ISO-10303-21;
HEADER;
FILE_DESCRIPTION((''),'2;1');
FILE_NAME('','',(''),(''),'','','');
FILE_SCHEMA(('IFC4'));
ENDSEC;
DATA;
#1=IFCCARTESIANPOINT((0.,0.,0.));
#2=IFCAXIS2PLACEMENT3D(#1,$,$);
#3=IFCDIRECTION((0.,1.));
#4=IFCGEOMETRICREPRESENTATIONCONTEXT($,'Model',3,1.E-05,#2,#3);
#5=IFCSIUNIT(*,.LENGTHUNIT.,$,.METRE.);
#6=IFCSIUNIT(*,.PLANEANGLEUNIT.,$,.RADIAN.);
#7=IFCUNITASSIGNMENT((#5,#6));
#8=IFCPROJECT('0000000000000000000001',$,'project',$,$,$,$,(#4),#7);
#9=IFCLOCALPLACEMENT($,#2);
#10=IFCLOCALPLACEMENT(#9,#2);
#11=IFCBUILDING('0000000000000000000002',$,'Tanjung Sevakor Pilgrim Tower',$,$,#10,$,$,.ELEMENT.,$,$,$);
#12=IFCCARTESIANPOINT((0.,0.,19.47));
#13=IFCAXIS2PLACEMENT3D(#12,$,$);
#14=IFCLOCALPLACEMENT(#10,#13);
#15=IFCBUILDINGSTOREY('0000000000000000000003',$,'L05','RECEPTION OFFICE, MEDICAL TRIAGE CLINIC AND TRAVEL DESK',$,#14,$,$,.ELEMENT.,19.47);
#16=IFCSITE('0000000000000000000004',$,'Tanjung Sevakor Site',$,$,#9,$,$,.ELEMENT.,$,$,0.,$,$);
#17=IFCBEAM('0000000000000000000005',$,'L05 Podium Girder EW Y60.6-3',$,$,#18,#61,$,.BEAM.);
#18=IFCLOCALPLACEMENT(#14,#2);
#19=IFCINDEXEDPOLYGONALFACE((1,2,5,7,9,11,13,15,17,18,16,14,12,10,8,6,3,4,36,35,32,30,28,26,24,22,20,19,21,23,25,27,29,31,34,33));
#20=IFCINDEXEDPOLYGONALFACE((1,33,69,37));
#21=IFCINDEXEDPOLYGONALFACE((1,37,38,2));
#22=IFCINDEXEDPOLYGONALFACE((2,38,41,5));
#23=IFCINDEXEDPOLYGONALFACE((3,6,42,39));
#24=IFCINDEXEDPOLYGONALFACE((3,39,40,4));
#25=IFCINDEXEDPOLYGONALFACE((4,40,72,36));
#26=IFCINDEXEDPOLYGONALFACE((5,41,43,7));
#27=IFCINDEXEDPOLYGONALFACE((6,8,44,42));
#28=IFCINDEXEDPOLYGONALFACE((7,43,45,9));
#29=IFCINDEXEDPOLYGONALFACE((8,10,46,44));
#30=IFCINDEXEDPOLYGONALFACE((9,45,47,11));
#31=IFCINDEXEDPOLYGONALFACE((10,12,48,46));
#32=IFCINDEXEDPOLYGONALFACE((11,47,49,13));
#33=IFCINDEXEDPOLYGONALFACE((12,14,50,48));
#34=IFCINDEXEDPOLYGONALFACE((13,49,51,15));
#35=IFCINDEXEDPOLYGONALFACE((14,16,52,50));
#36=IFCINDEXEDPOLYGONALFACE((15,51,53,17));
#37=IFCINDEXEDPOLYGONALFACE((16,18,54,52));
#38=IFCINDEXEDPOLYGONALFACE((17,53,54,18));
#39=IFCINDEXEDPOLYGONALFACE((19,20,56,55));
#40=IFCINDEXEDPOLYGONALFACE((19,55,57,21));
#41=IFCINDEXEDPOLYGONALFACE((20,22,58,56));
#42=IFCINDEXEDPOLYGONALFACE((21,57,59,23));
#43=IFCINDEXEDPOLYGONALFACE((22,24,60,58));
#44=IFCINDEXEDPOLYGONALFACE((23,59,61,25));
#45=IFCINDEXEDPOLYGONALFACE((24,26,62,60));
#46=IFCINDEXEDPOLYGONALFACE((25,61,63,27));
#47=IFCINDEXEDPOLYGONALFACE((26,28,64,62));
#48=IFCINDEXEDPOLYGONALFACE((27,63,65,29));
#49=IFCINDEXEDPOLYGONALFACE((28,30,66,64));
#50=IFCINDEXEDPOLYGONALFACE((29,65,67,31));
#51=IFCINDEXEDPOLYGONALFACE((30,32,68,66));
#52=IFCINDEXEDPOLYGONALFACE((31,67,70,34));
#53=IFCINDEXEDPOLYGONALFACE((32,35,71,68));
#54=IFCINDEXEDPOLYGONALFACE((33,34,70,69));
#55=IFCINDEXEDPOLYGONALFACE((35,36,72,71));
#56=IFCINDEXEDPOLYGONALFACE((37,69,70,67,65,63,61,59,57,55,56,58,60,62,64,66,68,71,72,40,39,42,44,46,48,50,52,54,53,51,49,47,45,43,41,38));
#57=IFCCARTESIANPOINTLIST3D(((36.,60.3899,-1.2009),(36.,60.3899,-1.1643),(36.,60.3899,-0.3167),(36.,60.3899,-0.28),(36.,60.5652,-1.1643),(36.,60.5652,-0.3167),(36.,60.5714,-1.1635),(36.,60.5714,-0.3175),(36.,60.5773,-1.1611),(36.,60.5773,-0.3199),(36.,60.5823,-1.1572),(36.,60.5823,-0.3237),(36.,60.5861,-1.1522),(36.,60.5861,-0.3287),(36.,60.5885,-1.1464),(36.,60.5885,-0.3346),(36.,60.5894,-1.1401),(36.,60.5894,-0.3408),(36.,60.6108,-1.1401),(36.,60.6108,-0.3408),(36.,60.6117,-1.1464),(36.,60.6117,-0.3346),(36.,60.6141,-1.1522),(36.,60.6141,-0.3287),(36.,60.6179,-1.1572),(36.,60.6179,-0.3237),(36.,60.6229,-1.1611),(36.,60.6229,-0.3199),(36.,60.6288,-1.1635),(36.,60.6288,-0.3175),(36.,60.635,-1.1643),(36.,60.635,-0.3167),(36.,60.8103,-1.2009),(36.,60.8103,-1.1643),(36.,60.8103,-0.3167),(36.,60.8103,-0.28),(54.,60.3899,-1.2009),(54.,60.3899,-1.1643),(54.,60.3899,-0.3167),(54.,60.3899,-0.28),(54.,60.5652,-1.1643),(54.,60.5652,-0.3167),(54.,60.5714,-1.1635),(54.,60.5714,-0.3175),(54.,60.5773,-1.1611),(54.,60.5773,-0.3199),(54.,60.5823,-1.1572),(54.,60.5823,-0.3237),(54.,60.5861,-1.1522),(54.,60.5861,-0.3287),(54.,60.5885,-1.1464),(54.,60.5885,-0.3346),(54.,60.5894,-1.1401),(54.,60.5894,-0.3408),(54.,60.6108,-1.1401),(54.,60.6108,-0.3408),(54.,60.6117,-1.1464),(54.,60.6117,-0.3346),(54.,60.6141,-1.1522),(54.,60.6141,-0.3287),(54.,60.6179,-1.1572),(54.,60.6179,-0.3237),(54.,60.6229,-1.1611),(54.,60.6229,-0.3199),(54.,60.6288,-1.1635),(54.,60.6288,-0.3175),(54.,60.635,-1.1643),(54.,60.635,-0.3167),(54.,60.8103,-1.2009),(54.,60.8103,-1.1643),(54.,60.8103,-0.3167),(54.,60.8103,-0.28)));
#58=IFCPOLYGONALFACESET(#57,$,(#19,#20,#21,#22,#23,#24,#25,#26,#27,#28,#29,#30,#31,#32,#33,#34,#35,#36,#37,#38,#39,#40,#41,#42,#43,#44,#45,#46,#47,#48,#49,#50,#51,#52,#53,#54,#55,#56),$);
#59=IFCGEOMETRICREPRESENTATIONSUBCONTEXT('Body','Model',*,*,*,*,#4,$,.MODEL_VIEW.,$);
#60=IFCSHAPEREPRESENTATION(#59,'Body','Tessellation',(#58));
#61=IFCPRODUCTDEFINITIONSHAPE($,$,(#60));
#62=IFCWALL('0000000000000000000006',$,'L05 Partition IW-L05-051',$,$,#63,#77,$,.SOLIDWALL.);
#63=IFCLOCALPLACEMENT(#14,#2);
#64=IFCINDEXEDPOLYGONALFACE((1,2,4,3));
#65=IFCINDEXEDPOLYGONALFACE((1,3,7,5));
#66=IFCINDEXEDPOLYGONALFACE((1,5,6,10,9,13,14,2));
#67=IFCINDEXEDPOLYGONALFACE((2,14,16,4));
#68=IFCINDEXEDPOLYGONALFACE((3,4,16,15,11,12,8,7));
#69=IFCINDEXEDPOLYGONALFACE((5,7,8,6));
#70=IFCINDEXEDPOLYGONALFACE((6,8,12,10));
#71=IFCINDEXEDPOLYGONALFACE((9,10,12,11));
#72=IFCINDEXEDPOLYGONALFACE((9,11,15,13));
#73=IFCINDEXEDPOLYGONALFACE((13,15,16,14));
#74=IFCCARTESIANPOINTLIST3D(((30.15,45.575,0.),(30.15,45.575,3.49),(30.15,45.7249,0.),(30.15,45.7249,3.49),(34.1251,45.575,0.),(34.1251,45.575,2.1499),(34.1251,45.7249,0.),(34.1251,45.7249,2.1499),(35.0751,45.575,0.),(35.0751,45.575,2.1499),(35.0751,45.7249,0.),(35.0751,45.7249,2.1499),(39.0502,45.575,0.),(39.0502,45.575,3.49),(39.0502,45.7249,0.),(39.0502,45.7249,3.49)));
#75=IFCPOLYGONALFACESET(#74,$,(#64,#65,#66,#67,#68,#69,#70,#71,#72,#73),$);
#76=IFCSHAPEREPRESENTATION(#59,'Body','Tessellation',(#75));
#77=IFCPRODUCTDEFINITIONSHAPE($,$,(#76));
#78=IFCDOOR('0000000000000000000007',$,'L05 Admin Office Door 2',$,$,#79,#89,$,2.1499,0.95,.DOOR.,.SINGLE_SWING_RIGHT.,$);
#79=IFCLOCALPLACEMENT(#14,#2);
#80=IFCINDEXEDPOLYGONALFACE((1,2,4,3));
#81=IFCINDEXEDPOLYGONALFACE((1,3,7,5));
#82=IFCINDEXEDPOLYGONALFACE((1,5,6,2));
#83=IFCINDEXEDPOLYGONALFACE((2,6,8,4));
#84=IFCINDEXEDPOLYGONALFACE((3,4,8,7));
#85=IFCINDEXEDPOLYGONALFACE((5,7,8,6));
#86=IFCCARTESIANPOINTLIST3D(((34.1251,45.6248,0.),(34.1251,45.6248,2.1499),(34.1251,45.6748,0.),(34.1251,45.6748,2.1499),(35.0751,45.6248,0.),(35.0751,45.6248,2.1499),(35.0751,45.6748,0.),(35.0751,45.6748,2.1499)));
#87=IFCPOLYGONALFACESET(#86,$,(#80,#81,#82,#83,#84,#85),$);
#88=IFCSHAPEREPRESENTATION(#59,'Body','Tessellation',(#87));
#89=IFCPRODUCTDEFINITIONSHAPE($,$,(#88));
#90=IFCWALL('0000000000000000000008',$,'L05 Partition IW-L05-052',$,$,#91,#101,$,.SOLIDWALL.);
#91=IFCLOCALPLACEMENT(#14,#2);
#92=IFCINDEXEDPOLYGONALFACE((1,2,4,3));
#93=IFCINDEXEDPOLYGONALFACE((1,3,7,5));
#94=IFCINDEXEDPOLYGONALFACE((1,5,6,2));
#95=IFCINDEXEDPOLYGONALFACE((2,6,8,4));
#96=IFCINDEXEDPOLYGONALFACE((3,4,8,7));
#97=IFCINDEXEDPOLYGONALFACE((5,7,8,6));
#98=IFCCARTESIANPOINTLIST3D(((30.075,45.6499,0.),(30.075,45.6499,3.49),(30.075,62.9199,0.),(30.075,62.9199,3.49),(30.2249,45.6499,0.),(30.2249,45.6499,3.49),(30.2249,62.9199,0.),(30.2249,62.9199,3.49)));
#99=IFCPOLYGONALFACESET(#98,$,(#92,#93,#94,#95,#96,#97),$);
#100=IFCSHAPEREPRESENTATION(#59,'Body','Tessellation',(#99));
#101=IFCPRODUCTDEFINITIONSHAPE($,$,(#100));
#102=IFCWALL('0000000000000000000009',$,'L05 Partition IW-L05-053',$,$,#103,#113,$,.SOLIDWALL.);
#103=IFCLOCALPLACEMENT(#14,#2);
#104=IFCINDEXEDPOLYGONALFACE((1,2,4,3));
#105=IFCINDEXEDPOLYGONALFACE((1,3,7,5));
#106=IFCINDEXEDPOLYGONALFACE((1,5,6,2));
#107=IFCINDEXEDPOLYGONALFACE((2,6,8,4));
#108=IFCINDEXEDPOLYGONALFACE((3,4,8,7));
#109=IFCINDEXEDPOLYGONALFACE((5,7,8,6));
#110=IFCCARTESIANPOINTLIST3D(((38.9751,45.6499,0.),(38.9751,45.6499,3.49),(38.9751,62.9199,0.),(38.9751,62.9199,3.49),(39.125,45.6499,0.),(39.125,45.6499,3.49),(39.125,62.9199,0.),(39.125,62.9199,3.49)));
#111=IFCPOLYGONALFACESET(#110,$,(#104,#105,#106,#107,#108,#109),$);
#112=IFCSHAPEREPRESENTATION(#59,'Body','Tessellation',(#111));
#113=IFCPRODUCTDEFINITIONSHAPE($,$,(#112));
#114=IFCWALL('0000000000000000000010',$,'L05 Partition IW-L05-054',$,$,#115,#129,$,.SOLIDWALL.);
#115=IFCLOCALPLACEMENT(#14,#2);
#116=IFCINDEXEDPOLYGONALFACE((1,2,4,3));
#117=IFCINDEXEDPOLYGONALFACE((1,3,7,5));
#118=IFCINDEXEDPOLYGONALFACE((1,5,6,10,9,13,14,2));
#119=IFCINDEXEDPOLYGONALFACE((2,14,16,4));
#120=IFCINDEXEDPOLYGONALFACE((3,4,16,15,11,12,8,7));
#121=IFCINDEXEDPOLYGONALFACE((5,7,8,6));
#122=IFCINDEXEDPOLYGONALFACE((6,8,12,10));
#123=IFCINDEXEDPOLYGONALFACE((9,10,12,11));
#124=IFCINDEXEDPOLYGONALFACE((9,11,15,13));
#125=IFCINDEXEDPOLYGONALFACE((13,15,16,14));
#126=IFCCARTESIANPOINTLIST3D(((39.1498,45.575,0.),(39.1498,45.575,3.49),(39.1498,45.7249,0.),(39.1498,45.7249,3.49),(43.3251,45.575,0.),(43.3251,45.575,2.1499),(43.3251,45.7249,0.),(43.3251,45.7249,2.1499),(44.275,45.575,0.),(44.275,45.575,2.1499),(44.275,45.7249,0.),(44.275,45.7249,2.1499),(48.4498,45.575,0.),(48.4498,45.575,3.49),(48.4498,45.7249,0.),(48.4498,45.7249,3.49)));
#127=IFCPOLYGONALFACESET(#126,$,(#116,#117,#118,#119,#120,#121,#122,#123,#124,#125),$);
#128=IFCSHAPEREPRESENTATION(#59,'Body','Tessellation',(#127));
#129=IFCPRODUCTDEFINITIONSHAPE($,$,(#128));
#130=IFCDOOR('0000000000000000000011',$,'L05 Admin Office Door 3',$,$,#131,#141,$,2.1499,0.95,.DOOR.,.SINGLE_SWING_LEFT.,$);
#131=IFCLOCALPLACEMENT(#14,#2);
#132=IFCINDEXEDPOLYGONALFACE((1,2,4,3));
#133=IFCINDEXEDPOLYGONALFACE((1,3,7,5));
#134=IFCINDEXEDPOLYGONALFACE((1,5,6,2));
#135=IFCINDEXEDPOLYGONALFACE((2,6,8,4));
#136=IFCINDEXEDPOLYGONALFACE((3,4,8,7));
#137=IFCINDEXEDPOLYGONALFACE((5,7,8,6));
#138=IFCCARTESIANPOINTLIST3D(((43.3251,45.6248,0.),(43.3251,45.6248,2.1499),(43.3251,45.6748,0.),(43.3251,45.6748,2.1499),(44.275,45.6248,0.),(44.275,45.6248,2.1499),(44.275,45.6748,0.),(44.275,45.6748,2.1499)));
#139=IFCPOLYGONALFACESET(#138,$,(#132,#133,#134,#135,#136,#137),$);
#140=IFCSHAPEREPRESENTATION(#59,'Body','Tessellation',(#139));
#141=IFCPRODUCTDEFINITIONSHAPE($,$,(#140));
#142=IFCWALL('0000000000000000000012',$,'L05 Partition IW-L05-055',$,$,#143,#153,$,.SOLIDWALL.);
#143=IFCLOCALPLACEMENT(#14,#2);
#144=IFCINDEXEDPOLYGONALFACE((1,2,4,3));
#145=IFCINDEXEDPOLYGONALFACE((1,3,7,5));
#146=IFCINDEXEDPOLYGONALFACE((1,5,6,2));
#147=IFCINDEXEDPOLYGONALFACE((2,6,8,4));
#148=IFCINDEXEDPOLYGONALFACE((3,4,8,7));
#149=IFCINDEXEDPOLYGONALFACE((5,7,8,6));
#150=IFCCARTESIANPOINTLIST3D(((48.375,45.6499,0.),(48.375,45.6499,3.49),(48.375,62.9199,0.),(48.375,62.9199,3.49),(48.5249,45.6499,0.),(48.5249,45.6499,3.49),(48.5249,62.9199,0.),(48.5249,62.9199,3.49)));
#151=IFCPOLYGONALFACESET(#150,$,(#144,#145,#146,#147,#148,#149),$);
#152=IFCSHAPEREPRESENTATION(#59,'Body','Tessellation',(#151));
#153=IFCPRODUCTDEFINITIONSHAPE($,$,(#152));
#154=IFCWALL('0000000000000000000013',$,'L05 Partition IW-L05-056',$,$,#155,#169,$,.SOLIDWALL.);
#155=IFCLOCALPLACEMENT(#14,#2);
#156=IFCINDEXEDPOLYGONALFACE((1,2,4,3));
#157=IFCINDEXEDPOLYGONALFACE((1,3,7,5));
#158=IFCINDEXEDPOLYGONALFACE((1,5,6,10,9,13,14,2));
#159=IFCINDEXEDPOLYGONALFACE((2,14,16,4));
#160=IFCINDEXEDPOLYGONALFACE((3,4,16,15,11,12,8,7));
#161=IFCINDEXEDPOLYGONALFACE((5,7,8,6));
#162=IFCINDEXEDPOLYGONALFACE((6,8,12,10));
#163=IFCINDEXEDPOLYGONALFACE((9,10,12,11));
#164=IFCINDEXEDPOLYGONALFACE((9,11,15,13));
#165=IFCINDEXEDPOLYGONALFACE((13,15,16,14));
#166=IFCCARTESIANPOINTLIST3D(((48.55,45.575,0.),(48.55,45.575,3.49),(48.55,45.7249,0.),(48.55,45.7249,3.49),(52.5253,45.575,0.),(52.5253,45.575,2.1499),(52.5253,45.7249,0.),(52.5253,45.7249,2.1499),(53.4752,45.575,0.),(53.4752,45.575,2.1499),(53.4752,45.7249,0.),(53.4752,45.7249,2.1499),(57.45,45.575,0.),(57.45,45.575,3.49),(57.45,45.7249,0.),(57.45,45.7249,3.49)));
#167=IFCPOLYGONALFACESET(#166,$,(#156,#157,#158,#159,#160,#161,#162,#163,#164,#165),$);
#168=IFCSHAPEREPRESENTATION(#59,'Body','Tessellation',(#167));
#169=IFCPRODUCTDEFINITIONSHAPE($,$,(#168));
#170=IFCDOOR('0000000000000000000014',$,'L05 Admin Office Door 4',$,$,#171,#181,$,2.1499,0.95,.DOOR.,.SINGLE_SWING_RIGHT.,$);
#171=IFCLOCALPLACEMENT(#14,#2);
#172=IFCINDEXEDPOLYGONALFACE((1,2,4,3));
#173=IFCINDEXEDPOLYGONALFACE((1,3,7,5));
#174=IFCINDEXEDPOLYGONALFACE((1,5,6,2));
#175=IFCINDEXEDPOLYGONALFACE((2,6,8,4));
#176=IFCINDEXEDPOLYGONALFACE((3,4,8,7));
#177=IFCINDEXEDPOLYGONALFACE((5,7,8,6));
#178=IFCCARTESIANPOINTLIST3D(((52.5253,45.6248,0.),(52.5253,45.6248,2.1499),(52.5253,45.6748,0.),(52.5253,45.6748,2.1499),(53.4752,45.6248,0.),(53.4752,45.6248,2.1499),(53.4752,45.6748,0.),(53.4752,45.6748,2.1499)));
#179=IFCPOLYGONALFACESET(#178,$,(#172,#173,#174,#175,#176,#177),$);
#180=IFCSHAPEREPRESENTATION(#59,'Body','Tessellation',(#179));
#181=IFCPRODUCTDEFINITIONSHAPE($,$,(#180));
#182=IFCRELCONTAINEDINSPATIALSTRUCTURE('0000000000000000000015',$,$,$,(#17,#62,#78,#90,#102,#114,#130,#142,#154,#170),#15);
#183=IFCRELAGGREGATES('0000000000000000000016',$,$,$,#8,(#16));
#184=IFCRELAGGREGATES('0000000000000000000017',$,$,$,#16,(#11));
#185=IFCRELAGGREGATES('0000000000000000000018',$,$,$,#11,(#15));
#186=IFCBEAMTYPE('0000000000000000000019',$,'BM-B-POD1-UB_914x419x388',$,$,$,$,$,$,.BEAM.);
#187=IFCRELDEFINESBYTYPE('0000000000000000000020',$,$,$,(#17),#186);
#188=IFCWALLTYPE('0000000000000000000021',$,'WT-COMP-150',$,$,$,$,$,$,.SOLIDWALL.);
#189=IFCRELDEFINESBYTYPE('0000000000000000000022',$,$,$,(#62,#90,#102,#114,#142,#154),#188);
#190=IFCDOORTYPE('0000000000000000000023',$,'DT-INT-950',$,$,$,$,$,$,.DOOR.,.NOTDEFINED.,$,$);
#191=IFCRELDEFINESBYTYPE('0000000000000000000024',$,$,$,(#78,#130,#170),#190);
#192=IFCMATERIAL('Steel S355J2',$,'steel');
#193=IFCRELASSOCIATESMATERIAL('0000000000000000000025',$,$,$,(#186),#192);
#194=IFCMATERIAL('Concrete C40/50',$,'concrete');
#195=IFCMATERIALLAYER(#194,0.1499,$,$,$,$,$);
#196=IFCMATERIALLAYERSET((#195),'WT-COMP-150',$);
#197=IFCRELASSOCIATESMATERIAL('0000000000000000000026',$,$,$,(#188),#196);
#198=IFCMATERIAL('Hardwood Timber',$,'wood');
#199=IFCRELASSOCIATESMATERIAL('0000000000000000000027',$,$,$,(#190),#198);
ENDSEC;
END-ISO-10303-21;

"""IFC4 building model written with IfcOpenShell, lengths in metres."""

from ifc_helpers import new_model, si_unit, direction, frame, frame_2d, origin, origin_2d, place, context, subcontext, project, spatial, rectangle, i_section, extrude, material, layer, layer_set, material_profile, profile_set, type_object, element, fill, save


model = new_model("IFC4")

# Units and contexts
model_context = context("Model", 3, precision=1e-05, world=origin(), true_north=direction((0.0, 1.0)))
body_context = subcontext(model_context, "Body", "Model", "MODEL_VIEW")
ifc_project = project(units=[si_unit("LENGTHUNIT", "METRE"), si_unit("PLANEANGLEUNIT", "RADIAN")], contexts=[model_context])

# Site, building, storey
site_placement = place(None, origin())
site = spatial("IfcSite", under=ifc_project, at=site_placement, Name="Tanjung Sevakor Site", CompositionType="ELEMENT", RefElevation=0.0)
building_placement = place(site_placement, origin())
building = spatial("IfcBuilding", under=site, at=building_placement, Name="Tanjung Sevakor Pilgrim Tower", CompositionType="ELEMENT")
storey_placement = place(building_placement, frame((0.0, 0.0, 19.47)))
storey = spatial("IfcBuildingStorey", under=building, at=storey_placement, Name="L05", Description="RECEPTION OFFICE, MEDICAL TRIAGE CLINIC AND TRAVEL DESK", CompositionType="ELEMENT", Elevation=19.47)

# Beam
ifc_material_1 = material(Name="Steel S355J2", Category="steel")
ifc_material_profile_1 = material_profile(ifc_material_1, i_section(OverallWidth=0.4204, OverallDepth=0.9209, WebThickness=0.0215, FlangeThickness=0.0366, FilletRadius=0.0242, at=origin_2d()))
ifc_profile_set_1 = profile_set([ifc_material_profile_1], Name="Steel S355J2")
beam_type_1 = type_object("IfcBeamType", Name="BM-B-POD1-UB_914x419x388", PredefinedType="BEAM", material=ifc_profile_set_1)
beam_placement = place(storey_placement, frame((36.0, 60.6001, -0.7405), z_axis=(1.0, 0.0, 0.0), x_axis=(0.0, 1.0, 0.0)))
element("IfcBeam", 1, at=beam_placement, inside=storey, type_object=beam_type_1, Name="L05 Podium Girder EW Y60.6-3", PredefinedType="BEAM", context=body_context, shape_type="SweptSolid", body=[
    extrude(i_section(OverallWidth=0.4204, OverallDepth=0.9209, WebThickness=0.0215, FlangeThickness=0.0366, FilletRadius=0.0242, at=origin_2d()), origin(), (0.0, 0.0, 1.0), 18.0),
])

# Wall, opening, door
ifc_material_2 = material(Name="Concrete C40/50", Category="concrete")
ifc_layer_1 = layer(ifc_material_2, 0.1499)
ifc_layer_set_1 = layer_set([ifc_layer_1], Name="WT-COMP-150")
wall_type_1 = type_object("IfcWallType", Name="WT-COMP-150", PredefinedType="SOLIDWALL", material=ifc_layer_set_1)
wall_1_placement = place(storey_placement, frame((30.1499, 45.6499, 0.0), z_axis=(0.0, 0.0, 1.0), x_axis=(1.0, 0.0, 0.0)))
wall_1 = element("IfcWall", 2, at=wall_1_placement, inside=storey, type_object=wall_type_1, Name="L05 Partition IW-L05-051", PredefinedType="SOLIDWALL", context=body_context, shape_type="SweptSolid", body=[
    extrude(rectangle(XDim=8.9001, YDim=0.1499, at=frame_2d((4.4502, 0.0))), origin(), (0.0, 0.0, 1.0), 3.49),
])
opening_1_placement = place(wall_1_placement, frame((3.9751, 0.0, 0.0)))
opening_1 = element("IfcOpeningElement", 3, at=opening_1_placement, cuts=wall_1, PredefinedType="OPENING", context=body_context, shape_type="SweptSolid", body=[
    extrude(rectangle(XDim=0.95, YDim=2.1499, at=frame_2d((0.4751, 1.075))), frame((0.0, 0.085, 0.0), z_axis=(0.0, -1.0, 0.0), x_axis=(1.0, 0.0, 0.0)), (0.0, 0.0, 1.0), 0.1699),
])
ifc_material_3 = material(Name="Hardwood Timber", Category="wood")
door_type = type_object("IfcDoorType", Name="DT-INT-950", OperationType="NOTDEFINED", PredefinedType="DOOR", material=ifc_material_3)
door_1_placement = place(opening_1_placement, origin())
door_1 = element("IfcDoor", 4, at=door_1_placement, inside=storey, type_object=door_type, Name="L05 Admin Office Door 2", OperationType="SINGLE_SWING_RIGHT", OverallHeight=2.1499, OverallWidth=0.95, PredefinedType="DOOR", context=body_context, shape_type="SweptSolid", body=[
    extrude(rectangle(XDim=0.95, YDim=2.1499, at=frame_2d((0.4751, 1.075))), frame((0.0, 0.0249, 0.0), z_axis=(0.0, -1.0, 0.0), x_axis=(1.0, 0.0, 0.0)), (0.0, 0.0, 1.0), 0.05),
])
fill(opening_1, door_1)

# Walls
for number, where, z_axis, x_axis, name in (
    (5, (30.1499, 45.6499, 0.0), (0.0, 0.0, 1.0), (0.0, 1.0, 0.0), "L05 Partition IW-L05-052"),
    (6, (39.05, 45.6499, 0.0), (0.0, 0.0, 1.0), (0.0, 1.0, 0.0), "L05 Partition IW-L05-053"),
):
    element("IfcWall", number, at=place(storey_placement, frame(where, z_axis=z_axis, x_axis=x_axis)), inside=storey, type_object=wall_type_1, Name=name, PredefinedType="SOLIDWALL", context=body_context, shape_type="SweptSolid", body=[
        extrude(rectangle(XDim=17.27, YDim=0.1499, at=frame_2d((8.635, 0.0))), origin(), (0.0, 0.0, 1.0), 3.49),
    ])

# Wall, opening, door
wall_2_placement = place(storey_placement, frame((39.1499, 45.6499, 0.0), z_axis=(0.0, 0.0, 1.0), x_axis=(1.0, 0.0, 0.0)))
wall_2 = element("IfcWall", 7, at=wall_2_placement, inside=storey, type_object=wall_type_1, Name="L05 Partition IW-L05-054", PredefinedType="SOLIDWALL", context=body_context, shape_type="SweptSolid", body=[
    extrude(rectangle(XDim=9.3, YDim=0.1499, at=frame_2d((4.6499, 0.0))), origin(), (0.0, 0.0, 1.0), 3.49),
])
opening_2_placement = place(wall_2_placement, frame((4.175, 0.0, 0.0)))
opening_2 = element("IfcOpeningElement", 8, at=opening_2_placement, cuts=wall_2, PredefinedType="OPENING", context=body_context, shape_type="SweptSolid", body=[
    extrude(rectangle(XDim=0.95, YDim=2.1499, at=frame_2d((0.4751, 1.075))), frame((0.0, 0.085, 0.0), z_axis=(0.0, -1.0, 0.0), x_axis=(1.0, 0.0, 0.0)), (0.0, 0.0, 1.0), 0.1699),
])
door_2_placement = place(opening_2_placement, origin())
door_2 = element("IfcDoor", 9, at=door_2_placement, inside=storey, type_object=door_type, Name="L05 Admin Office Door 3", OperationType="SINGLE_SWING_LEFT", OverallHeight=2.1499, OverallWidth=0.95, PredefinedType="DOOR", context=body_context, shape_type="SweptSolid", body=[
    extrude(rectangle(XDim=0.95, YDim=2.1499, at=frame_2d((0.4751, 1.075))), frame((0.0, 0.0249, 0.0), z_axis=(0.0, -1.0, 0.0), x_axis=(1.0, 0.0, 0.0)), (0.0, 0.0, 1.0), 0.05),
])
fill(opening_2, door_2)

# Wall
wall_3_placement = place(storey_placement, frame((48.45, 45.6499, 0.0), z_axis=(0.0, 0.0, 1.0), x_axis=(0.0, 1.0, 0.0)))
element("IfcWall", 10, at=wall_3_placement, inside=storey, type_object=wall_type_1, Name="L05 Partition IW-L05-055", PredefinedType="SOLIDWALL", context=body_context, shape_type="SweptSolid", body=[
    extrude(rectangle(XDim=17.27, YDim=0.1499, at=frame_2d((8.635, 0.0))), origin(), (0.0, 0.0, 1.0), 3.49),
])

# Wall, opening, door
wall_4_placement = place(storey_placement, frame((48.55, 45.6499, 0.0), z_axis=(0.0, 0.0, 1.0), x_axis=(1.0, 0.0, 0.0)))
wall_4 = element("IfcWall", 11, at=wall_4_placement, inside=storey, type_object=wall_type_1, Name="L05 Partition IW-L05-056", PredefinedType="SOLIDWALL", context=body_context, shape_type="SweptSolid", body=[
    extrude(rectangle(XDim=8.8999, YDim=0.1499, at=frame_2d((4.45, 0.0))), origin(), (0.0, 0.0, 1.0), 3.49),
])
opening_3_placement = place(wall_4_placement, frame((3.9751, 0.0, 0.0)))
opening_3 = element("IfcOpeningElement", 12, at=opening_3_placement, cuts=wall_4, PredefinedType="OPENING", context=body_context, shape_type="SweptSolid", body=[
    extrude(rectangle(XDim=0.95, YDim=2.1499, at=frame_2d((0.4751, 1.075))), frame((0.0, 0.085, 0.0), z_axis=(0.0, -1.0, 0.0), x_axis=(1.0, 0.0, 0.0)), (0.0, 0.0, 1.0), 0.1699),
])
door_3_placement = place(opening_3_placement, origin())
door_3 = element("IfcDoor", 13, at=door_3_placement, inside=storey, type_object=door_type, Name="L05 Admin Office Door 4", OperationType="SINGLE_SWING_RIGHT", OverallHeight=2.1499, OverallWidth=0.95, PredefinedType="DOOR", context=body_context, shape_type="SweptSolid", body=[
    extrude(rectangle(XDim=0.95, YDim=2.1499, at=frame_2d((0.4751, 1.075))), frame((0.0, 0.0249, 0.0), z_axis=(0.0, -1.0, 0.0), x_axis=(1.0, 0.0, 0.0)), (0.0, 0.0, 1.0), 0.05),
])
fill(opening_3, door_3)

save(model, "model.ifc")
